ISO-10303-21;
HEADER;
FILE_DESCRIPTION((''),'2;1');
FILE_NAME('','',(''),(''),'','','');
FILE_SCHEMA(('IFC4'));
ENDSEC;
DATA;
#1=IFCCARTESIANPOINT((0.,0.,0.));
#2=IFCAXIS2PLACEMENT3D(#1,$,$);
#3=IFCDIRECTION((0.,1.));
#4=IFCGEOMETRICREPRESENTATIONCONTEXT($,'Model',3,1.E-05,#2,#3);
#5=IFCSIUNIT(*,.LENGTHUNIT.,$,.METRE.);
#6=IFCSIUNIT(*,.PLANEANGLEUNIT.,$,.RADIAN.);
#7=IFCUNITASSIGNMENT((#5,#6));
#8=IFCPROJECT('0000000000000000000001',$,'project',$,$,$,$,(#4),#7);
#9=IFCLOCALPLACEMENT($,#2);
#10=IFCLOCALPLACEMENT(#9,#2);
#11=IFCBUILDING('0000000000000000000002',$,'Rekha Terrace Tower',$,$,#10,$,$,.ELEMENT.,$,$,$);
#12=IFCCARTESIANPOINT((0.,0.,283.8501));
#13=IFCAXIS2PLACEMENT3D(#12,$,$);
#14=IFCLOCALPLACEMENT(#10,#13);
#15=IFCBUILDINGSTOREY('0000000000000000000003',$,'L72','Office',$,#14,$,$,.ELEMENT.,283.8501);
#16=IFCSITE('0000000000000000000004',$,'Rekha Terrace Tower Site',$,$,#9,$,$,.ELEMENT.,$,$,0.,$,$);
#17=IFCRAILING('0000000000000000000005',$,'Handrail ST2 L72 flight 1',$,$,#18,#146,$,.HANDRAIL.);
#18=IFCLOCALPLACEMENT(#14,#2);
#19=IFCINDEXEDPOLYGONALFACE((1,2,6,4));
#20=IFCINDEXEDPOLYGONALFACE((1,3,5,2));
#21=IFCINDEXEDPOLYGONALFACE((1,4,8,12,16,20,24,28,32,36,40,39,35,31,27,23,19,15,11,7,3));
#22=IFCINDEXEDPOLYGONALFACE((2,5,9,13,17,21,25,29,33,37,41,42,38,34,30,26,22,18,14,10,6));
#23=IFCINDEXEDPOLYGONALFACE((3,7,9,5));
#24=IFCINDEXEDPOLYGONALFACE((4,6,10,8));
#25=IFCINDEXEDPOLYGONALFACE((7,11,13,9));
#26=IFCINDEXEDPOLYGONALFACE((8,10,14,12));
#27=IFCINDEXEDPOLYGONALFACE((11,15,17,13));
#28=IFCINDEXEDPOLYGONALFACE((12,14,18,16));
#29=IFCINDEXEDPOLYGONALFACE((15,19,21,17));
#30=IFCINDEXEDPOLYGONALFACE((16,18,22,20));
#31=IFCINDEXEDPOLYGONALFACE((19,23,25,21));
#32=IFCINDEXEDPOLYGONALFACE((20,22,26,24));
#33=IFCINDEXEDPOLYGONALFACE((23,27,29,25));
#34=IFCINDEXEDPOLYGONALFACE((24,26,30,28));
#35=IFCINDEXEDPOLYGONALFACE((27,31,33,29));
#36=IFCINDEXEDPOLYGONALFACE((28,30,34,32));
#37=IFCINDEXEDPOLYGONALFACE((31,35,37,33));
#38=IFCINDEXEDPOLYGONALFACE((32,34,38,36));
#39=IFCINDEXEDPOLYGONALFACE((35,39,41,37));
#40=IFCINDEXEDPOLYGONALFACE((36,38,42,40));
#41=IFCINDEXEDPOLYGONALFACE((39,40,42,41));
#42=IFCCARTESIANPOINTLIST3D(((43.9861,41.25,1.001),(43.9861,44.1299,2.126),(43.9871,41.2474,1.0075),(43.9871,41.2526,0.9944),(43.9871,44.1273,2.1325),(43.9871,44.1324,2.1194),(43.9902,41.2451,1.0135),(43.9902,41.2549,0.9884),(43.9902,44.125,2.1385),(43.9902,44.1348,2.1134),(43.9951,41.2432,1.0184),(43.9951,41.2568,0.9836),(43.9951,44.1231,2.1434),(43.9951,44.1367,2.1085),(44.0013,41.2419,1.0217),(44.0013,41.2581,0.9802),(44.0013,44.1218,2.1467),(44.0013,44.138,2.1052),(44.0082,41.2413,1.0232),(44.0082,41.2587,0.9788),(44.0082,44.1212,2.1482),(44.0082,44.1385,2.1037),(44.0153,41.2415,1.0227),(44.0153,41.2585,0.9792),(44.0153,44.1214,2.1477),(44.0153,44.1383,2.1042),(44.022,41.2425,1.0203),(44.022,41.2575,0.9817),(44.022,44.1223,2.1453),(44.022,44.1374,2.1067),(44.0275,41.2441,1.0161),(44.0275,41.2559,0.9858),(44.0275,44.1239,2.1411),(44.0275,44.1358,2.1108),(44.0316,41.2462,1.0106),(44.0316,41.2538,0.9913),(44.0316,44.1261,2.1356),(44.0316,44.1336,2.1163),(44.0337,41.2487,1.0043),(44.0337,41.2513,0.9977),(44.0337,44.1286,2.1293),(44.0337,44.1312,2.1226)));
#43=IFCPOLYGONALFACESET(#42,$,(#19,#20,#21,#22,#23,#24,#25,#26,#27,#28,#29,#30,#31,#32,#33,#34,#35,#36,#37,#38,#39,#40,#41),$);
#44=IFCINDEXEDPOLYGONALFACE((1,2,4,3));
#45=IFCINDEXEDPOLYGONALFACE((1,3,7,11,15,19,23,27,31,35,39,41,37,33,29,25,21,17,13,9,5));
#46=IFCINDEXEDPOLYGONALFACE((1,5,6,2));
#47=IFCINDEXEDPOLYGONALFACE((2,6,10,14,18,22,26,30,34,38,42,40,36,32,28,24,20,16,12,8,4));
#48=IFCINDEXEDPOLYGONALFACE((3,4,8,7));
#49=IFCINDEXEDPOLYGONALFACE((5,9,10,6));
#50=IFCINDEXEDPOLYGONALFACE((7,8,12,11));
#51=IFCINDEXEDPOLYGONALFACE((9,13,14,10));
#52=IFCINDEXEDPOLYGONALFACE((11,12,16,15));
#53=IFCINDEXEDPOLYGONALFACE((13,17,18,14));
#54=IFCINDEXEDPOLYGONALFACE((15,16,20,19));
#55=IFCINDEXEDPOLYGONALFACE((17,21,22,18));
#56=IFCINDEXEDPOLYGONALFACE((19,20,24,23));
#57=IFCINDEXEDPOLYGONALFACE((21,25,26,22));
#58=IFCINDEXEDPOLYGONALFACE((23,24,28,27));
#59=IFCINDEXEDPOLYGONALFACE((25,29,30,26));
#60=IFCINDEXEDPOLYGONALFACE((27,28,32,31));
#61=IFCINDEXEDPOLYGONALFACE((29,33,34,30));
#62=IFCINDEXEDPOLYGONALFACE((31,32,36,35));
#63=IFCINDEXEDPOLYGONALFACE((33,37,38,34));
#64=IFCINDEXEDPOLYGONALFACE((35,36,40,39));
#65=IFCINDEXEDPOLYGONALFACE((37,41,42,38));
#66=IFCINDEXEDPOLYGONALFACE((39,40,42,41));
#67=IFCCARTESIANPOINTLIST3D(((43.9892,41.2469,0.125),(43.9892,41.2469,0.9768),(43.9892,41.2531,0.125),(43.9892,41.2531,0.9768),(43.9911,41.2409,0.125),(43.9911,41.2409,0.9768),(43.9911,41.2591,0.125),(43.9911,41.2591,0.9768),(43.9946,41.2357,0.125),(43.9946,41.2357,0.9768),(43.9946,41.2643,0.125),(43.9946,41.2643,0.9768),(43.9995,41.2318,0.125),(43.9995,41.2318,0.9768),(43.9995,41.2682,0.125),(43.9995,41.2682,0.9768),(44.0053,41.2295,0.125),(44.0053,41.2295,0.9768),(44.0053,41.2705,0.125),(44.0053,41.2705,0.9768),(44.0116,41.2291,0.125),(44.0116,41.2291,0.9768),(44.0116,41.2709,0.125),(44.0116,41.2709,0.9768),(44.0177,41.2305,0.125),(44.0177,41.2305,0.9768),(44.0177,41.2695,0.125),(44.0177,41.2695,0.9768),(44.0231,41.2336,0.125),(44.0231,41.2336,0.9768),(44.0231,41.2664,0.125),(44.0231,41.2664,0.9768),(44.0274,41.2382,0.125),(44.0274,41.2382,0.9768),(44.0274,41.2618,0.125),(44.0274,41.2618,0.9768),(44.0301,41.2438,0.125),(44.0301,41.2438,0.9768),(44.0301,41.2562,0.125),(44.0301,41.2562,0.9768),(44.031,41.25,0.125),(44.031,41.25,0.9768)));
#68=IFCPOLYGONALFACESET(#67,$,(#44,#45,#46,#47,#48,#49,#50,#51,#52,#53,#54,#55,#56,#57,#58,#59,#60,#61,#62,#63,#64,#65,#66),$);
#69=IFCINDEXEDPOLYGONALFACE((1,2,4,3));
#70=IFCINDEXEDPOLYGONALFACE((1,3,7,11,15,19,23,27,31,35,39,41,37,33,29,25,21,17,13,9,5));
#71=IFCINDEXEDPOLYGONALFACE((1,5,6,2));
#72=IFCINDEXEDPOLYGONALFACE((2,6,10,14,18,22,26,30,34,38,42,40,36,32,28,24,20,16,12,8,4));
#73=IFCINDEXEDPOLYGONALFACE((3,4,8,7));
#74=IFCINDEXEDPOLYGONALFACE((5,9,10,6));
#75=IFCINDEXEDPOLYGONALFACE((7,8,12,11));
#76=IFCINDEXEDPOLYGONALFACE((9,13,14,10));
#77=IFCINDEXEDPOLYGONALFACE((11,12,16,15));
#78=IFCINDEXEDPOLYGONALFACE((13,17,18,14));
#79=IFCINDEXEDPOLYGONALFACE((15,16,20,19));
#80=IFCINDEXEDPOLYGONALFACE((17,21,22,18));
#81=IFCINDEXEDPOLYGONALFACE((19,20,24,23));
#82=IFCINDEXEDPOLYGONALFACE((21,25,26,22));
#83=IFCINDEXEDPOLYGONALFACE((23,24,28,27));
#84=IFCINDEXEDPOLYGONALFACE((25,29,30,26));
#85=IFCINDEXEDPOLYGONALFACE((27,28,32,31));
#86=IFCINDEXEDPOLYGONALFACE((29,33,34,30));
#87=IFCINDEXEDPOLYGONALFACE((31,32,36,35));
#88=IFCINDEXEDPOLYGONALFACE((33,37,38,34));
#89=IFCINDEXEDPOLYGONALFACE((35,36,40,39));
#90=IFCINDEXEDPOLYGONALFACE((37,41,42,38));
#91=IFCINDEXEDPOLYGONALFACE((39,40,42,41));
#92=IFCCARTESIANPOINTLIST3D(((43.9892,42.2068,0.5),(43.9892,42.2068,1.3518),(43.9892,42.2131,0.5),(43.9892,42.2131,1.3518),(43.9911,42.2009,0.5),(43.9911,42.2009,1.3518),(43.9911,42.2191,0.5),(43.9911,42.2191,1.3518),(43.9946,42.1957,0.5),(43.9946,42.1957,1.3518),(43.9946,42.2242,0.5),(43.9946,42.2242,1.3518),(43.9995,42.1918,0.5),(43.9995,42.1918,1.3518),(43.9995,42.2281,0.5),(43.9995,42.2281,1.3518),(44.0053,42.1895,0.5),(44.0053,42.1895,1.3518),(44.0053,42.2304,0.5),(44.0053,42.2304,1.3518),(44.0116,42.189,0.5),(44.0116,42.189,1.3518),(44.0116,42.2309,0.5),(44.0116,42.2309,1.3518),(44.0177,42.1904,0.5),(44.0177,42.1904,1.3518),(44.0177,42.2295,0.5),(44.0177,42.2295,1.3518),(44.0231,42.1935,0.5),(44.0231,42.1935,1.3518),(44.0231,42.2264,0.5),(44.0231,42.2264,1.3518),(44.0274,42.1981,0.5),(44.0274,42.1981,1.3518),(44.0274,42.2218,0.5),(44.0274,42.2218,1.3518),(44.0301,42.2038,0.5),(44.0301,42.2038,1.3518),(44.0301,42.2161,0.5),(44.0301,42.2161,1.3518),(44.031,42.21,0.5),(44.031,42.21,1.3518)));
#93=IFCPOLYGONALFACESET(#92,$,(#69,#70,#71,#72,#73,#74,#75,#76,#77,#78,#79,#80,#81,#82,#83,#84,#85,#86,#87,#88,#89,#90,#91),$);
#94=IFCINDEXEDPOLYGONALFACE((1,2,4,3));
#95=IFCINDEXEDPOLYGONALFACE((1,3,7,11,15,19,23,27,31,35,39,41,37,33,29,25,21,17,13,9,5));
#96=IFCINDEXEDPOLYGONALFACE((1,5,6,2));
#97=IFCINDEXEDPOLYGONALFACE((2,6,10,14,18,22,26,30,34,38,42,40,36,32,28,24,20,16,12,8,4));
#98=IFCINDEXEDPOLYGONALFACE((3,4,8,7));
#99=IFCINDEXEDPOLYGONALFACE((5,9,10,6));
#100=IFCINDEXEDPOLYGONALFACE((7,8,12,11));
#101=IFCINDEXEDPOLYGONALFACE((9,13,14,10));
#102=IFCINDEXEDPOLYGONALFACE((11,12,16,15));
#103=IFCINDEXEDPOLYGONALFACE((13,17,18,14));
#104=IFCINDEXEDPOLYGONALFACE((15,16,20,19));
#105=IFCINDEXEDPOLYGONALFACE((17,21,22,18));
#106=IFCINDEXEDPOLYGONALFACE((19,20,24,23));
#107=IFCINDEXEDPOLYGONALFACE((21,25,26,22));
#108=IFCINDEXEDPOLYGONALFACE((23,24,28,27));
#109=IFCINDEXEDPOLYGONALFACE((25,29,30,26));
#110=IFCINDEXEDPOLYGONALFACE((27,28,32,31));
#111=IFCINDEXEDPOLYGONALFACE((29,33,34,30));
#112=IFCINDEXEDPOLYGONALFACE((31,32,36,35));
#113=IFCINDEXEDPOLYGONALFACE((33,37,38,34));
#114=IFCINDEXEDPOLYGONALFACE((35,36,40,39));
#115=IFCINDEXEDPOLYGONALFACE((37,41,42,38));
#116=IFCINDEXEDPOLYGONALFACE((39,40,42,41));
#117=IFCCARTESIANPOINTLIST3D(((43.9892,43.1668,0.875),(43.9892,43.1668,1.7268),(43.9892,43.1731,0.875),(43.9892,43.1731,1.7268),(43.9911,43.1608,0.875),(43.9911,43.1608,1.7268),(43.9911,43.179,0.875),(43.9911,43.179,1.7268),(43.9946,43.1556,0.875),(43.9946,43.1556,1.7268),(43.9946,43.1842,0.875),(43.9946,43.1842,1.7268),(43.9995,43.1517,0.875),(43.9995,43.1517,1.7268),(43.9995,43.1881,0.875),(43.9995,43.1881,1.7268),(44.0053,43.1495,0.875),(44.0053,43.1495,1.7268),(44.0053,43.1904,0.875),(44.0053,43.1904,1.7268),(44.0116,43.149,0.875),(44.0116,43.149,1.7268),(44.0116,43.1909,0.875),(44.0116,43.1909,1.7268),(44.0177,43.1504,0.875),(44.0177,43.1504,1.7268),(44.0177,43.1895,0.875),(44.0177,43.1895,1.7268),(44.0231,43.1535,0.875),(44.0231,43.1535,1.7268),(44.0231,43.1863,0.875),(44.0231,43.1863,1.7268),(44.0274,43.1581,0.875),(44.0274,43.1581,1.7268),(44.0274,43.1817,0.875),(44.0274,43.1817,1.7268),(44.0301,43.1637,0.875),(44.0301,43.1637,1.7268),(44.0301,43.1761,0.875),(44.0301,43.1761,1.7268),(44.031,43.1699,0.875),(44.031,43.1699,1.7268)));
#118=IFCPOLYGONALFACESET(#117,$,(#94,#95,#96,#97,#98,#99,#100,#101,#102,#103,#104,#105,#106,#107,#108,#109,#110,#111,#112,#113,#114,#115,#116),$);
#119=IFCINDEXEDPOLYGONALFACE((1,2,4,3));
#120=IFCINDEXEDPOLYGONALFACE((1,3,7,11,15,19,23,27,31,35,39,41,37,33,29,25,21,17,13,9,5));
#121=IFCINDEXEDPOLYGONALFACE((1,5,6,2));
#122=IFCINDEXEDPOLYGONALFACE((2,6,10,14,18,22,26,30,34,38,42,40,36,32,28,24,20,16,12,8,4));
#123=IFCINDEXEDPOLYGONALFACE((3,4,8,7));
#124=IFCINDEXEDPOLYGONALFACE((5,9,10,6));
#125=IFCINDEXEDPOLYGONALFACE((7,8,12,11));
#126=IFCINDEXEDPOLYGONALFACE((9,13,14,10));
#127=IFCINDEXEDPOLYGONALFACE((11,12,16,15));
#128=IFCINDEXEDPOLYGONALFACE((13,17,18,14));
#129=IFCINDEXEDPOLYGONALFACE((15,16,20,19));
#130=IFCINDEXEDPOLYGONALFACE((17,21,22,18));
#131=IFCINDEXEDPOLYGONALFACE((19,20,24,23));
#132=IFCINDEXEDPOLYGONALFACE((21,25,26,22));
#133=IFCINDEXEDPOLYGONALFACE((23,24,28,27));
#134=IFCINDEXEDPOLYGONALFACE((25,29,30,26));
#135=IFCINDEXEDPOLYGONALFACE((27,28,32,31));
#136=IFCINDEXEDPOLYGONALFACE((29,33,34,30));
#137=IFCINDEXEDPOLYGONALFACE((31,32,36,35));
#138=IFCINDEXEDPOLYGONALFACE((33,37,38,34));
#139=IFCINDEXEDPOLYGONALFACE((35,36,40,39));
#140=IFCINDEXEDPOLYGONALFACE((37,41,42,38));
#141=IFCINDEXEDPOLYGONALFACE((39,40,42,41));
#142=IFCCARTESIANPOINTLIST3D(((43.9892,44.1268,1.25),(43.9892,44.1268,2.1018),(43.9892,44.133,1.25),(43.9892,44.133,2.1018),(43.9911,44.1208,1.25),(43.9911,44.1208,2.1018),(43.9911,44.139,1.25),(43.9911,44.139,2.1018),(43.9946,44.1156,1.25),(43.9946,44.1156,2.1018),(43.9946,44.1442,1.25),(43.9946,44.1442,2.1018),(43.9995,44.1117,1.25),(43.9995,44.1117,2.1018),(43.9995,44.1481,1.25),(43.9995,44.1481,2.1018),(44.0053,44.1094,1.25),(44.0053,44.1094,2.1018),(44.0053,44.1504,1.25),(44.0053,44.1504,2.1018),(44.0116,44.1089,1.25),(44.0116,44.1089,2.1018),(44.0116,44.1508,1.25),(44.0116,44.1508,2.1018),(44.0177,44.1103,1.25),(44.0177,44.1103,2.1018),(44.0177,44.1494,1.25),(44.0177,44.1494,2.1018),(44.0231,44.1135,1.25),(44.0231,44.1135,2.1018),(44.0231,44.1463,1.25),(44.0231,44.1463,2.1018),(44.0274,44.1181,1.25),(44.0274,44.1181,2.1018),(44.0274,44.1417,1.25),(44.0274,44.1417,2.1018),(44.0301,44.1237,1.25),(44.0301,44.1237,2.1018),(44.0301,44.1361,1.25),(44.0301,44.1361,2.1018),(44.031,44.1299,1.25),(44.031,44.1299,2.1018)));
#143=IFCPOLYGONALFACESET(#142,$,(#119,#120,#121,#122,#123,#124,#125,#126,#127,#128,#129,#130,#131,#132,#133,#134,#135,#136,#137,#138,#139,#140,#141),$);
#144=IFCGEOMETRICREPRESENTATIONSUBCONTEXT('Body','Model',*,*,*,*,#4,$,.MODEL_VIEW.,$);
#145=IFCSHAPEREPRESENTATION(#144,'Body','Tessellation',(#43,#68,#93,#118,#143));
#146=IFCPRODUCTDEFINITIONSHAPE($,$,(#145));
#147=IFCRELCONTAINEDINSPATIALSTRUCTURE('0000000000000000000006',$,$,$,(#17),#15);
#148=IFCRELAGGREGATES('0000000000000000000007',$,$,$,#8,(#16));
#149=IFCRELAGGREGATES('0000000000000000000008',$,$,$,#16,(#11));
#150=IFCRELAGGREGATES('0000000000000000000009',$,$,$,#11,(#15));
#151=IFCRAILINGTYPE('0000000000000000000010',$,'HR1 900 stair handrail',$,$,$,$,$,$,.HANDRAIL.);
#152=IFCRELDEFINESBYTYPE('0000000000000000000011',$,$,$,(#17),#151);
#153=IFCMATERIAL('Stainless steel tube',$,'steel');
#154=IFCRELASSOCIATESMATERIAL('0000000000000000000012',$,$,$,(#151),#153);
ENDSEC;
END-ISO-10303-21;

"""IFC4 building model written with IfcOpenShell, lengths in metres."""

from ifc_helpers import new_model, si_unit, direction, frame, origin, origin_2d, place, context, subcontext, project, spatial, circle, extrude, material, type_object, element, save


model = new_model("IFC4")

# Units and contexts
model_context = context("Model", 3, precision=1e-05, world=origin(), true_north=direction((0.0, 1.0)))
body_context = subcontext(model_context, "Body", "Model", "MODEL_VIEW")
ifc_project = project(units=[si_unit("LENGTHUNIT", "METRE"), si_unit("PLANEANGLEUNIT", "RADIAN")], contexts=[model_context])

# Site, building, storey
site_placement = place(None, origin())
site = spatial("IfcSite", under=ifc_project, at=site_placement, Name="Rekha Terrace Tower Site", CompositionType="ELEMENT", RefElevation=0.0)
building_placement = place(site_placement, origin())
building = spatial("IfcBuilding", under=site, at=building_placement, Name="Rekha Terrace Tower", CompositionType="ELEMENT")
storey_placement = place(building_placement, frame((0.0, 0.0, 283.8501)))
storey = spatial("IfcBuildingStorey", under=building, at=storey_placement, Name="L72", Description="Office", CompositionType="ELEMENT", Elevation=283.8501)

# Railing
ifc_material_1 = material(Name="Stainless steel tube", Category="steel")
railing_type_1 = type_object("IfcRailingType", Name="HR1 900 stair handrail", PredefinedType="HANDRAIL", material=ifc_material_1)
railing_1_placement = place(storey_placement, frame((44.01, 41.25, 0.125)))
element("IfcRailing", 1, at=railing_1_placement, inside=storey, type_object=railing_type_1, Name="Handrail ST2 L72 flight 1", PredefinedType="HANDRAIL", context=body_context, shape_type="SweptSolid", body=[
    extrude(circle(Radius=0.0239, at=origin_2d()), frame((0.0, 0.0, 0.876), z_axis=(0.0, 0.931452, 0.363863), x_axis=(-1.0, 0.0, 0.0)), (0.0, 0.0, 1.0), 3.0918),
    extrude(circle(Radius=0.021, at=origin_2d()), origin(), (0.0, 0.0, 1.0), 0.8518),
    extrude(circle(Radius=0.021, at=origin_2d()), frame((0.0, 0.96, 0.375)), (0.0, 0.0, 1.0), 0.8518),
    extrude(circle(Radius=0.021, at=origin_2d()), frame((0.0, 1.9199, 0.75)), (0.0, 0.0, 1.0), 0.8518),
    extrude(circle(Radius=0.021, at=origin_2d()), frame((0.0, 2.8799, 1.125)), (0.0, 0.0, 1.0), 0.8518),
])

save(model, "model.ifc")
